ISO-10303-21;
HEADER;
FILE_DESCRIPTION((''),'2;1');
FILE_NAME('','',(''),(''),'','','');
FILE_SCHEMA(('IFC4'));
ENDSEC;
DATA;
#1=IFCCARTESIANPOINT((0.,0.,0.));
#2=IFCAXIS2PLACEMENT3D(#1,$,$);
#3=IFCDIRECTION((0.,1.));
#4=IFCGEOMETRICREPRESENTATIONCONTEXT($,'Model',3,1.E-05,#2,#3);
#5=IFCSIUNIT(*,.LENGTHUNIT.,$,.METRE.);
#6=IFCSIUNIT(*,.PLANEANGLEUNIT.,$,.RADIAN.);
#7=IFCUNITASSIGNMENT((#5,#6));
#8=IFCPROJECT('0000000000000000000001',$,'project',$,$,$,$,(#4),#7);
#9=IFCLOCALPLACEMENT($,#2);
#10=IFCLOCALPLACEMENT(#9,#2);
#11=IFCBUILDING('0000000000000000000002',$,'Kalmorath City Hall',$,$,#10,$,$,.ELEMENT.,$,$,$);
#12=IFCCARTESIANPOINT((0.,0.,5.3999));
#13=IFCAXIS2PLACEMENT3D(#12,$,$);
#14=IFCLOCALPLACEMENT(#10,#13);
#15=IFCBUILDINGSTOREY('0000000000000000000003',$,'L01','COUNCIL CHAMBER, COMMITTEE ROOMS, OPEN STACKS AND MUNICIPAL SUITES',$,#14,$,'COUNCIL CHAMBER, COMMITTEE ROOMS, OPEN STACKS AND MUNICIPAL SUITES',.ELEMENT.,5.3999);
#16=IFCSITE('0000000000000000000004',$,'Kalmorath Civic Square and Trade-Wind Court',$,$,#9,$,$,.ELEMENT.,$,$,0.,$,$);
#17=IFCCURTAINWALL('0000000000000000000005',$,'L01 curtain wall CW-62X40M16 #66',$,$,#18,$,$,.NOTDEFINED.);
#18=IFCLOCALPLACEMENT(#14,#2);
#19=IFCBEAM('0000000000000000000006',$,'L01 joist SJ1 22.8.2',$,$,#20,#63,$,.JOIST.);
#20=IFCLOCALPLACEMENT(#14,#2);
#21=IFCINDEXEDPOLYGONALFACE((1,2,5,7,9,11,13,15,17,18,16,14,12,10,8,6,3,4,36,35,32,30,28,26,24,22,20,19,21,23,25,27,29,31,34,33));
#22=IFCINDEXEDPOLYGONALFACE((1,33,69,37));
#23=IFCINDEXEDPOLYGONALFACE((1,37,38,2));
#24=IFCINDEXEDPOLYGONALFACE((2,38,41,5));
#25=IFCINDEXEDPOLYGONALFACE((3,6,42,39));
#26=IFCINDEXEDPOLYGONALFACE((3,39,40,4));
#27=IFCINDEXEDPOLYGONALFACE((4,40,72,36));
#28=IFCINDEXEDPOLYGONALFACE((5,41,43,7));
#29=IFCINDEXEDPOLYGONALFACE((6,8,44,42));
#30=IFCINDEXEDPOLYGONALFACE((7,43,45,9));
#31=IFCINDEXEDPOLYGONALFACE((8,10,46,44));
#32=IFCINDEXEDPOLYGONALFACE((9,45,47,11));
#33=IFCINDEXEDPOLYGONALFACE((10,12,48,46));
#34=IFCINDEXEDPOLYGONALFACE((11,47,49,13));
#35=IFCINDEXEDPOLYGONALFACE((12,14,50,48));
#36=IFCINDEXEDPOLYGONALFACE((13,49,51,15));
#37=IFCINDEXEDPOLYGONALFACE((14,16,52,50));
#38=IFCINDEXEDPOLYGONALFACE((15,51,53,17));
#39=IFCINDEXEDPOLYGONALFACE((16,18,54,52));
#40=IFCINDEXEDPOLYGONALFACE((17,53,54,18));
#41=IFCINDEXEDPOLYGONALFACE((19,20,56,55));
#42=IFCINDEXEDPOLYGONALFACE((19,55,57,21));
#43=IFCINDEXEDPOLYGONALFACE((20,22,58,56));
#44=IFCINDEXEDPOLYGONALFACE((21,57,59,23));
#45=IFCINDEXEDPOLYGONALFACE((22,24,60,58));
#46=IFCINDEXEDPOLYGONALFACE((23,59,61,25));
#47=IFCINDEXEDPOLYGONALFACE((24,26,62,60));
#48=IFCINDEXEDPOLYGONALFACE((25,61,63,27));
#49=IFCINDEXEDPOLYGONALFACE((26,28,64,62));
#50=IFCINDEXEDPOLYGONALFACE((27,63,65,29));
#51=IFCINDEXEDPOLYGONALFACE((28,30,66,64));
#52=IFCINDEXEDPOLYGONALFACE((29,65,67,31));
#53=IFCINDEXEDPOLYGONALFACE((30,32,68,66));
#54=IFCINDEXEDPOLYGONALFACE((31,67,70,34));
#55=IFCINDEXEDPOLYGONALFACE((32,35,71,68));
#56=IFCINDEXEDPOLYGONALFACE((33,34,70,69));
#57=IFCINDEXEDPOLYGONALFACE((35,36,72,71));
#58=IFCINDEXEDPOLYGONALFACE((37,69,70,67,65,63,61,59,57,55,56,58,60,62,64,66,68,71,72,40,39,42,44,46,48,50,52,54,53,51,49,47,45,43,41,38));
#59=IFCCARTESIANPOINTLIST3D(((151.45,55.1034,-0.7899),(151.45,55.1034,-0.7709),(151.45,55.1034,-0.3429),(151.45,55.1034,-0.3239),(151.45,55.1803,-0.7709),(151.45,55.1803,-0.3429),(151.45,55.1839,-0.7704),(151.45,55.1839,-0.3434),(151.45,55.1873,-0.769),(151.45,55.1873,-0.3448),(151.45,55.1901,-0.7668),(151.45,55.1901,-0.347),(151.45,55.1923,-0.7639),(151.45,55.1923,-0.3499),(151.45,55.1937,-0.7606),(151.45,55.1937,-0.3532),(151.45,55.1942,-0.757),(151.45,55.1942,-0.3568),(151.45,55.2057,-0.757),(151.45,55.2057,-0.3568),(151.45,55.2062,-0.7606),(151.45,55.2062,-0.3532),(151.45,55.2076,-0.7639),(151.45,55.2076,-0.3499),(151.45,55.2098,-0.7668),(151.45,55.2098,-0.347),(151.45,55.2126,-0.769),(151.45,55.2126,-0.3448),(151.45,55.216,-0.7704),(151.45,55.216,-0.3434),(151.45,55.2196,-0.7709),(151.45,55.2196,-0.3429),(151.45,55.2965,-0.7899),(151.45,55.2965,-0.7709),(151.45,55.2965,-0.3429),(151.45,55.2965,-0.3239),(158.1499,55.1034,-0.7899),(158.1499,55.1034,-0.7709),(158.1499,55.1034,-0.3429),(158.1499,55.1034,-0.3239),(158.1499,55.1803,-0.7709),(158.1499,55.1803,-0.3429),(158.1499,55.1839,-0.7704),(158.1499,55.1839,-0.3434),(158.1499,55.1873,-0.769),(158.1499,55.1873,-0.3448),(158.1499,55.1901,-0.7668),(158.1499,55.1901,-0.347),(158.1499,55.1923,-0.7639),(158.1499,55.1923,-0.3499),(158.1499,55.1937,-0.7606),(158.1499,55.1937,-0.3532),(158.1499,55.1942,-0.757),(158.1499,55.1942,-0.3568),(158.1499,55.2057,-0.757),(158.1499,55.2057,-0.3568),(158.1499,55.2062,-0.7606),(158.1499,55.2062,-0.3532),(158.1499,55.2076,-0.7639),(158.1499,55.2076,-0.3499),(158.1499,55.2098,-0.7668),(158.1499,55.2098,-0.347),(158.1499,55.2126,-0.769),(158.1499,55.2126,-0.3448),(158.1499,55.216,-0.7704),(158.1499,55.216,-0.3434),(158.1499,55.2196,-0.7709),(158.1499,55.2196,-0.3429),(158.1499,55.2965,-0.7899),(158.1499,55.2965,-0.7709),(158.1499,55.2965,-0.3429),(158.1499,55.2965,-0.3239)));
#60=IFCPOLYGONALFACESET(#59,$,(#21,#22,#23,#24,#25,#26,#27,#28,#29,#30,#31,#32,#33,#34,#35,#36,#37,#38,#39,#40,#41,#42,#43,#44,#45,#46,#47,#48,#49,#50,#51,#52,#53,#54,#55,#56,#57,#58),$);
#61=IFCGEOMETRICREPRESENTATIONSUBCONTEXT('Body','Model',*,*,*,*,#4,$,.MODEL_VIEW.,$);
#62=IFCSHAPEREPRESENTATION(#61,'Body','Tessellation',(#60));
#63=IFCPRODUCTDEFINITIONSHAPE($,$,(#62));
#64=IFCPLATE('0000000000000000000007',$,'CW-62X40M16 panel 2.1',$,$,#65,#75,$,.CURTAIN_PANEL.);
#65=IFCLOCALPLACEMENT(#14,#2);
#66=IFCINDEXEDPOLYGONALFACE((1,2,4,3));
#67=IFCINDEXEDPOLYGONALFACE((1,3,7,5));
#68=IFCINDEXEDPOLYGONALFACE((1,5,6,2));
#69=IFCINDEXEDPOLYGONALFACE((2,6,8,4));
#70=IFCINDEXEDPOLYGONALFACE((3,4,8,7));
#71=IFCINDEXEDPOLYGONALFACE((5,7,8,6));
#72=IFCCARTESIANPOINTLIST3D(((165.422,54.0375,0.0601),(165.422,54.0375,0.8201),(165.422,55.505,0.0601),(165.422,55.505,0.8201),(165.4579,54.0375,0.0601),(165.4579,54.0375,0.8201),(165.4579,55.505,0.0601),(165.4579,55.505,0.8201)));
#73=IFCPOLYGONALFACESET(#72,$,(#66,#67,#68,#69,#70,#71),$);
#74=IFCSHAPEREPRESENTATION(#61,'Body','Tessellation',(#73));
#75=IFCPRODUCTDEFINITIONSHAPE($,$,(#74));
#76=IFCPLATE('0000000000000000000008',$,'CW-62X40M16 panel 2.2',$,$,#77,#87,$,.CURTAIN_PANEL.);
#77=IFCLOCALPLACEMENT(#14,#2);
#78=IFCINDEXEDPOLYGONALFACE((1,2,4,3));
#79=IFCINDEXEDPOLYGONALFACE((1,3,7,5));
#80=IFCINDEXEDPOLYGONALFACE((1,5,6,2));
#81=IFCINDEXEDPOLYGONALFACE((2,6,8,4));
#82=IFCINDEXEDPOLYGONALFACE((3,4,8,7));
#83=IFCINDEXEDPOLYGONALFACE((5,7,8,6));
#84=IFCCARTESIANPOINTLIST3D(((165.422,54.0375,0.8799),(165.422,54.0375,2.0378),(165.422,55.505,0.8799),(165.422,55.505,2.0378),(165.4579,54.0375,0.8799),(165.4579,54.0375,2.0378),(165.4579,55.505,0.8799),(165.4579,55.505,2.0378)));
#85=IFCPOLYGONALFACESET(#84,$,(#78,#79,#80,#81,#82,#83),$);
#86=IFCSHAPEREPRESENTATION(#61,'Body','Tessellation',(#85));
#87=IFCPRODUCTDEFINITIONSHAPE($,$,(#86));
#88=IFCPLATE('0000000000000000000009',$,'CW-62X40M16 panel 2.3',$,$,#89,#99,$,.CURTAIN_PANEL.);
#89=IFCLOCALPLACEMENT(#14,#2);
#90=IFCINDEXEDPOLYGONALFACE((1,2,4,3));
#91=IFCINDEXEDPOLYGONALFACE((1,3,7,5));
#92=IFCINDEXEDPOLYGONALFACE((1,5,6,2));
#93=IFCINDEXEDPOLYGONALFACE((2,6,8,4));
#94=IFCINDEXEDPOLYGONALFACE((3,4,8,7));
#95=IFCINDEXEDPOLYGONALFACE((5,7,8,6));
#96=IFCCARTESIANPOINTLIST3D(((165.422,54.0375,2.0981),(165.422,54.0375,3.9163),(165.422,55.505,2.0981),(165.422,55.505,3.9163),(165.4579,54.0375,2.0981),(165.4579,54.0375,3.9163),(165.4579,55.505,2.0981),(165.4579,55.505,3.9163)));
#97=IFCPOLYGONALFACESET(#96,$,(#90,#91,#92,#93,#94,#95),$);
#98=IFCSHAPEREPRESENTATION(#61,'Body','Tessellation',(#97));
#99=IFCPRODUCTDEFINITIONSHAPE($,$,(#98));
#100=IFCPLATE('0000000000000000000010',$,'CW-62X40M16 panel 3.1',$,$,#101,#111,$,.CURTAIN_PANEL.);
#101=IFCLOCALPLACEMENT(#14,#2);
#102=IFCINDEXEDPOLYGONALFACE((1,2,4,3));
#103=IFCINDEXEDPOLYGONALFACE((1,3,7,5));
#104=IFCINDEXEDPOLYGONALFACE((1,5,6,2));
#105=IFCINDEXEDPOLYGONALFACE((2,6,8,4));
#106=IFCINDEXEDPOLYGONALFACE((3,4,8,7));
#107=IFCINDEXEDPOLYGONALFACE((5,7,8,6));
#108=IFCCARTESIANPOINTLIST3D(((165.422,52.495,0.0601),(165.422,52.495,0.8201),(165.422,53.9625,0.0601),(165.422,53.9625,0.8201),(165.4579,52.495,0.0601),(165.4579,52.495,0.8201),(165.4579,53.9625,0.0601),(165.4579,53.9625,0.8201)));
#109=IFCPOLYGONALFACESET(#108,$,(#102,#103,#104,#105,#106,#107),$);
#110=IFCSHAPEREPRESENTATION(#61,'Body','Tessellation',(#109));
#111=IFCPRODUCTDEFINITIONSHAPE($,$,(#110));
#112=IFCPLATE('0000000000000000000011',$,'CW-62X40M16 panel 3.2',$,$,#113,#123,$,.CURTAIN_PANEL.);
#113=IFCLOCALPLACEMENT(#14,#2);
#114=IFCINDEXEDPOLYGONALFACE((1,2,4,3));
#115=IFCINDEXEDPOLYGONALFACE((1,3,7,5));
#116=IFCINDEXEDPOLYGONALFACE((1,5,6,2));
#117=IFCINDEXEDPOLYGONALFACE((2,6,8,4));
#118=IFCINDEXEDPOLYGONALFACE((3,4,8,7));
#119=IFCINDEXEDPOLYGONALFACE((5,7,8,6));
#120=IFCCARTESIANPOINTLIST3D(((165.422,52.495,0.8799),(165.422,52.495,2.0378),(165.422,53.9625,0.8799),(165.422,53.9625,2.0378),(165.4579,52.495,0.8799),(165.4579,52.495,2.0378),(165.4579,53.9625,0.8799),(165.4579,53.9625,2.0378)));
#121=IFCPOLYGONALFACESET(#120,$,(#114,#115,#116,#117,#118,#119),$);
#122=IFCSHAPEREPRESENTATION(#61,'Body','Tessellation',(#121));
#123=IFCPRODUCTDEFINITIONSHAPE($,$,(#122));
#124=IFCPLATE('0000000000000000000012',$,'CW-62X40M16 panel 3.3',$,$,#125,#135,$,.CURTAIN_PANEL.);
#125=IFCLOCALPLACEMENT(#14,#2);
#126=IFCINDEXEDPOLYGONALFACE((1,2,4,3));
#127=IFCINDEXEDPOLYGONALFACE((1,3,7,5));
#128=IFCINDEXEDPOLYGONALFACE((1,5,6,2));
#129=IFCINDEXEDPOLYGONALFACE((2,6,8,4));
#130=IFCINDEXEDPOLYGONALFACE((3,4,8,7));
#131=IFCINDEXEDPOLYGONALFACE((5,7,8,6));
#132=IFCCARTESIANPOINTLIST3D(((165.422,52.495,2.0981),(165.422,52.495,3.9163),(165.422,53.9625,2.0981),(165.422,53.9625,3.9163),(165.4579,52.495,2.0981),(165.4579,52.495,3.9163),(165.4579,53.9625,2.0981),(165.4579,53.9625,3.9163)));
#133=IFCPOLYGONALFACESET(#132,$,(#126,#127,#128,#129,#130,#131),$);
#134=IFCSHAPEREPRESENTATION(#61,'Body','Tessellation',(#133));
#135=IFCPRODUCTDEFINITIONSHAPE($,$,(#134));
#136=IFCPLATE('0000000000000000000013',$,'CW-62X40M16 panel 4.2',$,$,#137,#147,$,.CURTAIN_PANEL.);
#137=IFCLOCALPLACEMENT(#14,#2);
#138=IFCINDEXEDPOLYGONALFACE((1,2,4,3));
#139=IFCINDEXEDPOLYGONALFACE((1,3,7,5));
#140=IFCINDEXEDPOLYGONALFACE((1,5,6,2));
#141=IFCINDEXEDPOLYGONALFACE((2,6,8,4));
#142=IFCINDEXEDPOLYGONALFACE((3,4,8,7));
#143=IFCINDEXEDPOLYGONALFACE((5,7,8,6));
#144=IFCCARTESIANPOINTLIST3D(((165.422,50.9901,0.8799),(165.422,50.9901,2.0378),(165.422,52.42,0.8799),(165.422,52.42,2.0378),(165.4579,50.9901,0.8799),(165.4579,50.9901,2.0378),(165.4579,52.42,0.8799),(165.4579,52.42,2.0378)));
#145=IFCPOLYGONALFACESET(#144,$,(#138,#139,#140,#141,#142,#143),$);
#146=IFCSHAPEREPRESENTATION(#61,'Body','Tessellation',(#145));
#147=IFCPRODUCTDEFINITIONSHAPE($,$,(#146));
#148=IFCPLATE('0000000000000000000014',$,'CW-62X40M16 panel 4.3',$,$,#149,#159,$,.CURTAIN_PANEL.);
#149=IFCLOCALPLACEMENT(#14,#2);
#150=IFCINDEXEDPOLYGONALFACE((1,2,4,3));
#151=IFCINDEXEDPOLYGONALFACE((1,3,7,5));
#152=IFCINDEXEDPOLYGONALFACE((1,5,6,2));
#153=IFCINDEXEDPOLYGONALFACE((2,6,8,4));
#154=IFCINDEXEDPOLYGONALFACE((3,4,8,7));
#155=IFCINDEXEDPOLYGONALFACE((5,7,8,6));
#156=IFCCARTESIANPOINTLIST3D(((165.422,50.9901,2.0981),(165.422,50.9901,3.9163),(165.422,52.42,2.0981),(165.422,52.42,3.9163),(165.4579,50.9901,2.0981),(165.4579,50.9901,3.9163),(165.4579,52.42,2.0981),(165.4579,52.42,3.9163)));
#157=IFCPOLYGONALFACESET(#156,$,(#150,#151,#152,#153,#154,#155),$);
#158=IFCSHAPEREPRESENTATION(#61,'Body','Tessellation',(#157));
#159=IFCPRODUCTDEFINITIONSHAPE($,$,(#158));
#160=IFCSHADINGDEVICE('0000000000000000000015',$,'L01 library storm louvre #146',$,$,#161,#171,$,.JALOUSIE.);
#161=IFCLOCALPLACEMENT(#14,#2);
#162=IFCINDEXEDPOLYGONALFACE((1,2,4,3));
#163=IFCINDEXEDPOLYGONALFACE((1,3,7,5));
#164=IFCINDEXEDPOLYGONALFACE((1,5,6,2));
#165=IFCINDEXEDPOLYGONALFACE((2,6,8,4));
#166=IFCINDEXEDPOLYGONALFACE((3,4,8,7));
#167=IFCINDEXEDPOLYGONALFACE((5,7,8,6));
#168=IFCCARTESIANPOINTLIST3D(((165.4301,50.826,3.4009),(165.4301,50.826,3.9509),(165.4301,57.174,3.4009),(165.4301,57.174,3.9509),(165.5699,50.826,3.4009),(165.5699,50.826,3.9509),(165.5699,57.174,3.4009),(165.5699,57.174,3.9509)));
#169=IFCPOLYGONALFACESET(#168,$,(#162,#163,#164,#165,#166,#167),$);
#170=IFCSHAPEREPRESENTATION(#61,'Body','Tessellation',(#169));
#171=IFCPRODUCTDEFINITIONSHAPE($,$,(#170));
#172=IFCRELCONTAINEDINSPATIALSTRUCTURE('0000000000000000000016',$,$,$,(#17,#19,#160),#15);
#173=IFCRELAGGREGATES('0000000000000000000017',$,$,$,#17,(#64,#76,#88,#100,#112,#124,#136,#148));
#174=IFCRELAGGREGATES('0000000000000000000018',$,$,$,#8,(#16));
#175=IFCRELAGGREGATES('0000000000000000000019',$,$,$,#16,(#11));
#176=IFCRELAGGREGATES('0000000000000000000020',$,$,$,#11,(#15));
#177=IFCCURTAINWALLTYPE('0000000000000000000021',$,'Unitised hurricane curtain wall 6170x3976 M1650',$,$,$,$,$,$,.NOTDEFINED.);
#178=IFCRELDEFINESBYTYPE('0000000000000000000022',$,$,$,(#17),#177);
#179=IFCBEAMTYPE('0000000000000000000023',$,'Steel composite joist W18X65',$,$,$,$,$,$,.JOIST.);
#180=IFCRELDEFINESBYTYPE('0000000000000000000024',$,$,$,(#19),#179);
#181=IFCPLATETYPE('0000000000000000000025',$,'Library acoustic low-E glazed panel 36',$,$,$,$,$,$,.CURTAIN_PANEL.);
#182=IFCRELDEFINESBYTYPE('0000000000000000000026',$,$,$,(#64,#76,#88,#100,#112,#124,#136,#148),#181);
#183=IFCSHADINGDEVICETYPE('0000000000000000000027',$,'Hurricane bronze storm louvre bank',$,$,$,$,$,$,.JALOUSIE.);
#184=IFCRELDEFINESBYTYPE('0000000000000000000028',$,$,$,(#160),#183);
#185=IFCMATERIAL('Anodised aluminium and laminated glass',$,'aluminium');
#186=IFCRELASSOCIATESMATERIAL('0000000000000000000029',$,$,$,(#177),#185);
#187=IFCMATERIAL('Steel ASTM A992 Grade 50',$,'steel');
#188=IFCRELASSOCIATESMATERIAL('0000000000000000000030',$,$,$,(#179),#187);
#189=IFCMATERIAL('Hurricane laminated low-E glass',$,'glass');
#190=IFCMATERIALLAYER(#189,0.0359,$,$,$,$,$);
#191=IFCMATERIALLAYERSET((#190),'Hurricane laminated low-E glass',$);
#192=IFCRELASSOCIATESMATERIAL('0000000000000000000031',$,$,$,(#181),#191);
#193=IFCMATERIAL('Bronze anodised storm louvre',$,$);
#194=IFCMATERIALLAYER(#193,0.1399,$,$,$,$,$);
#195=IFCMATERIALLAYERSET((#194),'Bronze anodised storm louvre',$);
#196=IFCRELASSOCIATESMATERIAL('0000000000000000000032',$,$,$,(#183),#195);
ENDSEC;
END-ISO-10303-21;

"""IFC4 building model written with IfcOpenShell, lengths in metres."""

from ifc_helpers import new_model, si_unit, direction, frame, origin, origin_2d, place, context, subcontext, project, spatial, rectangle, i_section, extrude, material, layer, layer_set, material_profile, profile_set, type_object, element, aggregate, save


model = new_model("IFC4")

# Units and contexts
model_context = context("Model", 3, precision=1e-05, world=origin(), true_north=direction((0.0, 1.0)))
body_context = subcontext(model_context, "Body", "Model", "MODEL_VIEW")
ifc_project = project(units=[si_unit("LENGTHUNIT", "METRE"), si_unit("PLANEANGLEUNIT", "RADIAN")], contexts=[model_context])

# Site, building, storey
site_placement = place(None, origin())
site = spatial("IfcSite", under=ifc_project, at=site_placement, Name="Kalmorath Civic Square and Trade-Wind Court", CompositionType="ELEMENT", RefElevation=0.0)
building_placement = place(site_placement, origin())
building = spatial("IfcBuilding", under=site, at=building_placement, Name="Kalmorath City Hall", CompositionType="ELEMENT")
storey_placement = place(building_placement, frame((0.0, 0.0, 5.3999)))
storey = spatial("IfcBuildingStorey", under=building, at=storey_placement, Name="L01", Description="COUNCIL CHAMBER, COMMITTEE ROOMS, OPEN STACKS AND MUNICIPAL SUITES", LongName="COUNCIL CHAMBER, COMMITTEE ROOMS, OPEN STACKS AND MUNICIPAL SUITES", CompositionType="ELEMENT", Elevation=5.3999)

# Curtain wall
ifc_material_1 = material(Name="Anodised aluminium and laminated glass", Category="aluminium")
curtain_wall_type = type_object("IfcCurtainWallType", Name="Unitised hurricane curtain wall 6170x3976 M1650", PredefinedType="NOTDEFINED", material=ifc_material_1)
curtain_wall_placement = place(storey_placement, origin())
curtain_wall = element("IfcCurtainWall", 1, at=curtain_wall_placement, inside=storey, type_object=curtain_wall_type, Name="L01 curtain wall CW-62X40M16 #66", PredefinedType="NOTDEFINED")

# Beam
ifc_material_2 = material(Name="Steel ASTM A992 Grade 50", Category="steel")
ifc_material_profile_1 = material_profile(ifc_material_2, i_section(OverallWidth=0.1931, OverallDepth=0.4661, WebThickness=0.0115, FlangeThickness=0.019, FilletRadius=0.0139, at=origin_2d()), Name="W18X65")
ifc_profile_set_1 = profile_set([ifc_material_profile_1], Name="Steel ASTM A992 Grade 50")
beam_type_1 = type_object("IfcBeamType", Name="Steel composite joist W18X65", PredefinedType="JOIST", material=ifc_profile_set_1)
beam_placement = place(storey_placement, frame((151.45, 55.2, -0.5569), z_axis=(1.0, 0.0, 0.0), x_axis=(0.0, 1.0, 0.0)))
element("IfcBeam", 2, at=beam_placement, inside=storey, type_object=beam_type_1, Name="L01 joist SJ1 22.8.2", PredefinedType="JOIST", context=body_context, shape_type="SweptSolid", body=[
    extrude(i_section(OverallWidth=0.1931, OverallDepth=0.4661, WebThickness=0.0115, FlangeThickness=0.019, FilletRadius=0.0139, at=origin_2d()), origin(), (0.0, 0.0, 1.0), 6.7),
])

# Plates
ifc_material_3 = material(Name="Hurricane laminated low-E glass", Category="glass")
ifc_layer_1 = layer(ifc_material_3, 0.0359)
ifc_layer_set_1 = layer_set([ifc_layer_1], Name="Hurricane laminated low-E glass")
plate_type = type_object("IfcPlateType", Name="Library acoustic low-E glazed panel 36", PredefinedType="CURTAIN_PANEL", material=ifc_layer_set_1)
plate_1_placement = place(storey_placement, frame((165.4399, 54.7712, 0.0601), z_axis=(0.0, 0.0, 1.0), x_axis=(0.0, -1.0, 0.0)))
plate_1 = element("IfcPlate", 3, at=plate_1_placement, type_object=plate_type, Name="CW-62X40M16 panel 2.1", PredefinedType="CURTAIN_PANEL", context=body_context, shape_type="SweptSolid", body=[
    extrude(rectangle(XDim=1.4675, YDim=0.0359, at=origin_2d()), origin(), (0.0, 0.0, 1.0), 0.76),
])
plate_2_placement = place(storey_placement, frame((165.4399, 54.7712, 0.8799), z_axis=(0.0, 0.0, 1.0), x_axis=(0.0, -1.0, 0.0)))
plate_2 = element("IfcPlate", 4, at=plate_2_placement, type_object=plate_type, Name="CW-62X40M16 panel 2.2", PredefinedType="CURTAIN_PANEL", context=body_context, shape_type="SweptSolid", body=[
    extrude(rectangle(XDim=1.4675, YDim=0.0359, at=origin_2d()), origin(), (0.0, 0.0, 1.0), 1.158),
])
plate_3_placement = place(storey_placement, frame((165.4399, 54.7712, 2.0981), z_axis=(0.0, 0.0, 1.0), x_axis=(0.0, -1.0, 0.0)))
plate_3 = element("IfcPlate", 5, at=plate_3_placement, type_object=plate_type, Name="CW-62X40M16 panel 2.3", PredefinedType="CURTAIN_PANEL", context=body_context, shape_type="SweptSolid", body=[
    extrude(rectangle(XDim=1.4675, YDim=0.0359, at=origin_2d()), origin(), (0.0, 0.0, 1.0), 1.8181),
])
plate_4_placement = place(storey_placement, frame((165.4399, 53.2288, 0.0601), z_axis=(0.0, 0.0, 1.0), x_axis=(0.0, -1.0, 0.0)))
plate_4 = element("IfcPlate", 6, at=plate_4_placement, type_object=plate_type, Name="CW-62X40M16 panel 3.1", PredefinedType="CURTAIN_PANEL", context=body_context, shape_type="SweptSolid", body=[
    extrude(rectangle(XDim=1.4675, YDim=0.0359, at=origin_2d()), origin(), (0.0, 0.0, 1.0), 0.76),
])
plate_5_placement = place(storey_placement, frame((165.4399, 53.2288, 0.8799), z_axis=(0.0, 0.0, 1.0), x_axis=(0.0, -1.0, 0.0)))
plate_5 = element("IfcPlate", 7, at=plate_5_placement, type_object=plate_type, Name="CW-62X40M16 panel 3.2", PredefinedType="CURTAIN_PANEL", context=body_context, shape_type="SweptSolid", body=[
    extrude(rectangle(XDim=1.4675, YDim=0.0359, at=origin_2d()), origin(), (0.0, 0.0, 1.0), 1.158),
])
plate_6_placement = place(storey_placement, frame((165.4399, 53.2288, 2.0981), z_axis=(0.0, 0.0, 1.0), x_axis=(0.0, -1.0, 0.0)))
plate_6 = element("IfcPlate", 8, at=plate_6_placement, type_object=plate_type, Name="CW-62X40M16 panel 3.3", PredefinedType="CURTAIN_PANEL", context=body_context, shape_type="SweptSolid", body=[
    extrude(rectangle(XDim=1.4675, YDim=0.0359, at=origin_2d()), origin(), (0.0, 0.0, 1.0), 1.8181),
])
plate_7_placement = place(storey_placement, frame((165.4399, 51.7051, 0.8799), z_axis=(0.0, 0.0, 1.0), x_axis=(0.0, -1.0, 0.0)))
plate_7 = element("IfcPlate", 9, at=plate_7_placement, type_object=plate_type, Name="CW-62X40M16 panel 4.2", PredefinedType="CURTAIN_PANEL", context=body_context, shape_type="SweptSolid", body=[
    extrude(rectangle(XDim=1.4299, YDim=0.0359, at=origin_2d()), origin(), (0.0, 0.0, 1.0), 1.158),
])
plate_8_placement = place(storey_placement, frame((165.4399, 51.7051, 2.0981), z_axis=(0.0, 0.0, 1.0), x_axis=(0.0, -1.0, 0.0)))
plate_8 = element("IfcPlate", 10, at=plate_8_placement, type_object=plate_type, Name="CW-62X40M16 panel 4.3", PredefinedType="CURTAIN_PANEL", context=body_context, shape_type="SweptSolid", body=[
    extrude(rectangle(XDim=1.4299, YDim=0.0359, at=origin_2d()), origin(), (0.0, 0.0, 1.0), 1.8181),
])
aggregate(curtain_wall, [plate_1, plate_2, plate_3, plate_4, plate_5, plate_6, plate_7, plate_8])

# Shading device
ifc_material_4 = material(Name="Bronze anodised storm louvre")
ifc_layer_2 = layer(ifc_material_4, 0.1399)
ifc_layer_set_2 = layer_set([ifc_layer_2], Name="Bronze anodised storm louvre")
shading_device_type = type_object("IfcShadingDeviceType", Name="Hurricane bronze storm louvre bank", PredefinedType="JALOUSIE", material=ifc_layer_set_2)
shading_device_placement = place(storey_placement, frame((165.5, 54.0, 3.4009), z_axis=(0.0, 0.0, 1.0), x_axis=(0.0, -1.0, 0.0)))
element("IfcShadingDevice", 11, at=shading_device_placement, inside=storey, type_object=shading_device_type, Name="L01 library storm louvre #146", PredefinedType="JALOUSIE", context=body_context, shape_type="SweptSolid", body=[
    extrude(rectangle(XDim=6.3479, YDim=0.1399, at=origin_2d()), origin(), (0.0, 0.0, 1.0), 0.55),
])

save(model, "model.ifc")
